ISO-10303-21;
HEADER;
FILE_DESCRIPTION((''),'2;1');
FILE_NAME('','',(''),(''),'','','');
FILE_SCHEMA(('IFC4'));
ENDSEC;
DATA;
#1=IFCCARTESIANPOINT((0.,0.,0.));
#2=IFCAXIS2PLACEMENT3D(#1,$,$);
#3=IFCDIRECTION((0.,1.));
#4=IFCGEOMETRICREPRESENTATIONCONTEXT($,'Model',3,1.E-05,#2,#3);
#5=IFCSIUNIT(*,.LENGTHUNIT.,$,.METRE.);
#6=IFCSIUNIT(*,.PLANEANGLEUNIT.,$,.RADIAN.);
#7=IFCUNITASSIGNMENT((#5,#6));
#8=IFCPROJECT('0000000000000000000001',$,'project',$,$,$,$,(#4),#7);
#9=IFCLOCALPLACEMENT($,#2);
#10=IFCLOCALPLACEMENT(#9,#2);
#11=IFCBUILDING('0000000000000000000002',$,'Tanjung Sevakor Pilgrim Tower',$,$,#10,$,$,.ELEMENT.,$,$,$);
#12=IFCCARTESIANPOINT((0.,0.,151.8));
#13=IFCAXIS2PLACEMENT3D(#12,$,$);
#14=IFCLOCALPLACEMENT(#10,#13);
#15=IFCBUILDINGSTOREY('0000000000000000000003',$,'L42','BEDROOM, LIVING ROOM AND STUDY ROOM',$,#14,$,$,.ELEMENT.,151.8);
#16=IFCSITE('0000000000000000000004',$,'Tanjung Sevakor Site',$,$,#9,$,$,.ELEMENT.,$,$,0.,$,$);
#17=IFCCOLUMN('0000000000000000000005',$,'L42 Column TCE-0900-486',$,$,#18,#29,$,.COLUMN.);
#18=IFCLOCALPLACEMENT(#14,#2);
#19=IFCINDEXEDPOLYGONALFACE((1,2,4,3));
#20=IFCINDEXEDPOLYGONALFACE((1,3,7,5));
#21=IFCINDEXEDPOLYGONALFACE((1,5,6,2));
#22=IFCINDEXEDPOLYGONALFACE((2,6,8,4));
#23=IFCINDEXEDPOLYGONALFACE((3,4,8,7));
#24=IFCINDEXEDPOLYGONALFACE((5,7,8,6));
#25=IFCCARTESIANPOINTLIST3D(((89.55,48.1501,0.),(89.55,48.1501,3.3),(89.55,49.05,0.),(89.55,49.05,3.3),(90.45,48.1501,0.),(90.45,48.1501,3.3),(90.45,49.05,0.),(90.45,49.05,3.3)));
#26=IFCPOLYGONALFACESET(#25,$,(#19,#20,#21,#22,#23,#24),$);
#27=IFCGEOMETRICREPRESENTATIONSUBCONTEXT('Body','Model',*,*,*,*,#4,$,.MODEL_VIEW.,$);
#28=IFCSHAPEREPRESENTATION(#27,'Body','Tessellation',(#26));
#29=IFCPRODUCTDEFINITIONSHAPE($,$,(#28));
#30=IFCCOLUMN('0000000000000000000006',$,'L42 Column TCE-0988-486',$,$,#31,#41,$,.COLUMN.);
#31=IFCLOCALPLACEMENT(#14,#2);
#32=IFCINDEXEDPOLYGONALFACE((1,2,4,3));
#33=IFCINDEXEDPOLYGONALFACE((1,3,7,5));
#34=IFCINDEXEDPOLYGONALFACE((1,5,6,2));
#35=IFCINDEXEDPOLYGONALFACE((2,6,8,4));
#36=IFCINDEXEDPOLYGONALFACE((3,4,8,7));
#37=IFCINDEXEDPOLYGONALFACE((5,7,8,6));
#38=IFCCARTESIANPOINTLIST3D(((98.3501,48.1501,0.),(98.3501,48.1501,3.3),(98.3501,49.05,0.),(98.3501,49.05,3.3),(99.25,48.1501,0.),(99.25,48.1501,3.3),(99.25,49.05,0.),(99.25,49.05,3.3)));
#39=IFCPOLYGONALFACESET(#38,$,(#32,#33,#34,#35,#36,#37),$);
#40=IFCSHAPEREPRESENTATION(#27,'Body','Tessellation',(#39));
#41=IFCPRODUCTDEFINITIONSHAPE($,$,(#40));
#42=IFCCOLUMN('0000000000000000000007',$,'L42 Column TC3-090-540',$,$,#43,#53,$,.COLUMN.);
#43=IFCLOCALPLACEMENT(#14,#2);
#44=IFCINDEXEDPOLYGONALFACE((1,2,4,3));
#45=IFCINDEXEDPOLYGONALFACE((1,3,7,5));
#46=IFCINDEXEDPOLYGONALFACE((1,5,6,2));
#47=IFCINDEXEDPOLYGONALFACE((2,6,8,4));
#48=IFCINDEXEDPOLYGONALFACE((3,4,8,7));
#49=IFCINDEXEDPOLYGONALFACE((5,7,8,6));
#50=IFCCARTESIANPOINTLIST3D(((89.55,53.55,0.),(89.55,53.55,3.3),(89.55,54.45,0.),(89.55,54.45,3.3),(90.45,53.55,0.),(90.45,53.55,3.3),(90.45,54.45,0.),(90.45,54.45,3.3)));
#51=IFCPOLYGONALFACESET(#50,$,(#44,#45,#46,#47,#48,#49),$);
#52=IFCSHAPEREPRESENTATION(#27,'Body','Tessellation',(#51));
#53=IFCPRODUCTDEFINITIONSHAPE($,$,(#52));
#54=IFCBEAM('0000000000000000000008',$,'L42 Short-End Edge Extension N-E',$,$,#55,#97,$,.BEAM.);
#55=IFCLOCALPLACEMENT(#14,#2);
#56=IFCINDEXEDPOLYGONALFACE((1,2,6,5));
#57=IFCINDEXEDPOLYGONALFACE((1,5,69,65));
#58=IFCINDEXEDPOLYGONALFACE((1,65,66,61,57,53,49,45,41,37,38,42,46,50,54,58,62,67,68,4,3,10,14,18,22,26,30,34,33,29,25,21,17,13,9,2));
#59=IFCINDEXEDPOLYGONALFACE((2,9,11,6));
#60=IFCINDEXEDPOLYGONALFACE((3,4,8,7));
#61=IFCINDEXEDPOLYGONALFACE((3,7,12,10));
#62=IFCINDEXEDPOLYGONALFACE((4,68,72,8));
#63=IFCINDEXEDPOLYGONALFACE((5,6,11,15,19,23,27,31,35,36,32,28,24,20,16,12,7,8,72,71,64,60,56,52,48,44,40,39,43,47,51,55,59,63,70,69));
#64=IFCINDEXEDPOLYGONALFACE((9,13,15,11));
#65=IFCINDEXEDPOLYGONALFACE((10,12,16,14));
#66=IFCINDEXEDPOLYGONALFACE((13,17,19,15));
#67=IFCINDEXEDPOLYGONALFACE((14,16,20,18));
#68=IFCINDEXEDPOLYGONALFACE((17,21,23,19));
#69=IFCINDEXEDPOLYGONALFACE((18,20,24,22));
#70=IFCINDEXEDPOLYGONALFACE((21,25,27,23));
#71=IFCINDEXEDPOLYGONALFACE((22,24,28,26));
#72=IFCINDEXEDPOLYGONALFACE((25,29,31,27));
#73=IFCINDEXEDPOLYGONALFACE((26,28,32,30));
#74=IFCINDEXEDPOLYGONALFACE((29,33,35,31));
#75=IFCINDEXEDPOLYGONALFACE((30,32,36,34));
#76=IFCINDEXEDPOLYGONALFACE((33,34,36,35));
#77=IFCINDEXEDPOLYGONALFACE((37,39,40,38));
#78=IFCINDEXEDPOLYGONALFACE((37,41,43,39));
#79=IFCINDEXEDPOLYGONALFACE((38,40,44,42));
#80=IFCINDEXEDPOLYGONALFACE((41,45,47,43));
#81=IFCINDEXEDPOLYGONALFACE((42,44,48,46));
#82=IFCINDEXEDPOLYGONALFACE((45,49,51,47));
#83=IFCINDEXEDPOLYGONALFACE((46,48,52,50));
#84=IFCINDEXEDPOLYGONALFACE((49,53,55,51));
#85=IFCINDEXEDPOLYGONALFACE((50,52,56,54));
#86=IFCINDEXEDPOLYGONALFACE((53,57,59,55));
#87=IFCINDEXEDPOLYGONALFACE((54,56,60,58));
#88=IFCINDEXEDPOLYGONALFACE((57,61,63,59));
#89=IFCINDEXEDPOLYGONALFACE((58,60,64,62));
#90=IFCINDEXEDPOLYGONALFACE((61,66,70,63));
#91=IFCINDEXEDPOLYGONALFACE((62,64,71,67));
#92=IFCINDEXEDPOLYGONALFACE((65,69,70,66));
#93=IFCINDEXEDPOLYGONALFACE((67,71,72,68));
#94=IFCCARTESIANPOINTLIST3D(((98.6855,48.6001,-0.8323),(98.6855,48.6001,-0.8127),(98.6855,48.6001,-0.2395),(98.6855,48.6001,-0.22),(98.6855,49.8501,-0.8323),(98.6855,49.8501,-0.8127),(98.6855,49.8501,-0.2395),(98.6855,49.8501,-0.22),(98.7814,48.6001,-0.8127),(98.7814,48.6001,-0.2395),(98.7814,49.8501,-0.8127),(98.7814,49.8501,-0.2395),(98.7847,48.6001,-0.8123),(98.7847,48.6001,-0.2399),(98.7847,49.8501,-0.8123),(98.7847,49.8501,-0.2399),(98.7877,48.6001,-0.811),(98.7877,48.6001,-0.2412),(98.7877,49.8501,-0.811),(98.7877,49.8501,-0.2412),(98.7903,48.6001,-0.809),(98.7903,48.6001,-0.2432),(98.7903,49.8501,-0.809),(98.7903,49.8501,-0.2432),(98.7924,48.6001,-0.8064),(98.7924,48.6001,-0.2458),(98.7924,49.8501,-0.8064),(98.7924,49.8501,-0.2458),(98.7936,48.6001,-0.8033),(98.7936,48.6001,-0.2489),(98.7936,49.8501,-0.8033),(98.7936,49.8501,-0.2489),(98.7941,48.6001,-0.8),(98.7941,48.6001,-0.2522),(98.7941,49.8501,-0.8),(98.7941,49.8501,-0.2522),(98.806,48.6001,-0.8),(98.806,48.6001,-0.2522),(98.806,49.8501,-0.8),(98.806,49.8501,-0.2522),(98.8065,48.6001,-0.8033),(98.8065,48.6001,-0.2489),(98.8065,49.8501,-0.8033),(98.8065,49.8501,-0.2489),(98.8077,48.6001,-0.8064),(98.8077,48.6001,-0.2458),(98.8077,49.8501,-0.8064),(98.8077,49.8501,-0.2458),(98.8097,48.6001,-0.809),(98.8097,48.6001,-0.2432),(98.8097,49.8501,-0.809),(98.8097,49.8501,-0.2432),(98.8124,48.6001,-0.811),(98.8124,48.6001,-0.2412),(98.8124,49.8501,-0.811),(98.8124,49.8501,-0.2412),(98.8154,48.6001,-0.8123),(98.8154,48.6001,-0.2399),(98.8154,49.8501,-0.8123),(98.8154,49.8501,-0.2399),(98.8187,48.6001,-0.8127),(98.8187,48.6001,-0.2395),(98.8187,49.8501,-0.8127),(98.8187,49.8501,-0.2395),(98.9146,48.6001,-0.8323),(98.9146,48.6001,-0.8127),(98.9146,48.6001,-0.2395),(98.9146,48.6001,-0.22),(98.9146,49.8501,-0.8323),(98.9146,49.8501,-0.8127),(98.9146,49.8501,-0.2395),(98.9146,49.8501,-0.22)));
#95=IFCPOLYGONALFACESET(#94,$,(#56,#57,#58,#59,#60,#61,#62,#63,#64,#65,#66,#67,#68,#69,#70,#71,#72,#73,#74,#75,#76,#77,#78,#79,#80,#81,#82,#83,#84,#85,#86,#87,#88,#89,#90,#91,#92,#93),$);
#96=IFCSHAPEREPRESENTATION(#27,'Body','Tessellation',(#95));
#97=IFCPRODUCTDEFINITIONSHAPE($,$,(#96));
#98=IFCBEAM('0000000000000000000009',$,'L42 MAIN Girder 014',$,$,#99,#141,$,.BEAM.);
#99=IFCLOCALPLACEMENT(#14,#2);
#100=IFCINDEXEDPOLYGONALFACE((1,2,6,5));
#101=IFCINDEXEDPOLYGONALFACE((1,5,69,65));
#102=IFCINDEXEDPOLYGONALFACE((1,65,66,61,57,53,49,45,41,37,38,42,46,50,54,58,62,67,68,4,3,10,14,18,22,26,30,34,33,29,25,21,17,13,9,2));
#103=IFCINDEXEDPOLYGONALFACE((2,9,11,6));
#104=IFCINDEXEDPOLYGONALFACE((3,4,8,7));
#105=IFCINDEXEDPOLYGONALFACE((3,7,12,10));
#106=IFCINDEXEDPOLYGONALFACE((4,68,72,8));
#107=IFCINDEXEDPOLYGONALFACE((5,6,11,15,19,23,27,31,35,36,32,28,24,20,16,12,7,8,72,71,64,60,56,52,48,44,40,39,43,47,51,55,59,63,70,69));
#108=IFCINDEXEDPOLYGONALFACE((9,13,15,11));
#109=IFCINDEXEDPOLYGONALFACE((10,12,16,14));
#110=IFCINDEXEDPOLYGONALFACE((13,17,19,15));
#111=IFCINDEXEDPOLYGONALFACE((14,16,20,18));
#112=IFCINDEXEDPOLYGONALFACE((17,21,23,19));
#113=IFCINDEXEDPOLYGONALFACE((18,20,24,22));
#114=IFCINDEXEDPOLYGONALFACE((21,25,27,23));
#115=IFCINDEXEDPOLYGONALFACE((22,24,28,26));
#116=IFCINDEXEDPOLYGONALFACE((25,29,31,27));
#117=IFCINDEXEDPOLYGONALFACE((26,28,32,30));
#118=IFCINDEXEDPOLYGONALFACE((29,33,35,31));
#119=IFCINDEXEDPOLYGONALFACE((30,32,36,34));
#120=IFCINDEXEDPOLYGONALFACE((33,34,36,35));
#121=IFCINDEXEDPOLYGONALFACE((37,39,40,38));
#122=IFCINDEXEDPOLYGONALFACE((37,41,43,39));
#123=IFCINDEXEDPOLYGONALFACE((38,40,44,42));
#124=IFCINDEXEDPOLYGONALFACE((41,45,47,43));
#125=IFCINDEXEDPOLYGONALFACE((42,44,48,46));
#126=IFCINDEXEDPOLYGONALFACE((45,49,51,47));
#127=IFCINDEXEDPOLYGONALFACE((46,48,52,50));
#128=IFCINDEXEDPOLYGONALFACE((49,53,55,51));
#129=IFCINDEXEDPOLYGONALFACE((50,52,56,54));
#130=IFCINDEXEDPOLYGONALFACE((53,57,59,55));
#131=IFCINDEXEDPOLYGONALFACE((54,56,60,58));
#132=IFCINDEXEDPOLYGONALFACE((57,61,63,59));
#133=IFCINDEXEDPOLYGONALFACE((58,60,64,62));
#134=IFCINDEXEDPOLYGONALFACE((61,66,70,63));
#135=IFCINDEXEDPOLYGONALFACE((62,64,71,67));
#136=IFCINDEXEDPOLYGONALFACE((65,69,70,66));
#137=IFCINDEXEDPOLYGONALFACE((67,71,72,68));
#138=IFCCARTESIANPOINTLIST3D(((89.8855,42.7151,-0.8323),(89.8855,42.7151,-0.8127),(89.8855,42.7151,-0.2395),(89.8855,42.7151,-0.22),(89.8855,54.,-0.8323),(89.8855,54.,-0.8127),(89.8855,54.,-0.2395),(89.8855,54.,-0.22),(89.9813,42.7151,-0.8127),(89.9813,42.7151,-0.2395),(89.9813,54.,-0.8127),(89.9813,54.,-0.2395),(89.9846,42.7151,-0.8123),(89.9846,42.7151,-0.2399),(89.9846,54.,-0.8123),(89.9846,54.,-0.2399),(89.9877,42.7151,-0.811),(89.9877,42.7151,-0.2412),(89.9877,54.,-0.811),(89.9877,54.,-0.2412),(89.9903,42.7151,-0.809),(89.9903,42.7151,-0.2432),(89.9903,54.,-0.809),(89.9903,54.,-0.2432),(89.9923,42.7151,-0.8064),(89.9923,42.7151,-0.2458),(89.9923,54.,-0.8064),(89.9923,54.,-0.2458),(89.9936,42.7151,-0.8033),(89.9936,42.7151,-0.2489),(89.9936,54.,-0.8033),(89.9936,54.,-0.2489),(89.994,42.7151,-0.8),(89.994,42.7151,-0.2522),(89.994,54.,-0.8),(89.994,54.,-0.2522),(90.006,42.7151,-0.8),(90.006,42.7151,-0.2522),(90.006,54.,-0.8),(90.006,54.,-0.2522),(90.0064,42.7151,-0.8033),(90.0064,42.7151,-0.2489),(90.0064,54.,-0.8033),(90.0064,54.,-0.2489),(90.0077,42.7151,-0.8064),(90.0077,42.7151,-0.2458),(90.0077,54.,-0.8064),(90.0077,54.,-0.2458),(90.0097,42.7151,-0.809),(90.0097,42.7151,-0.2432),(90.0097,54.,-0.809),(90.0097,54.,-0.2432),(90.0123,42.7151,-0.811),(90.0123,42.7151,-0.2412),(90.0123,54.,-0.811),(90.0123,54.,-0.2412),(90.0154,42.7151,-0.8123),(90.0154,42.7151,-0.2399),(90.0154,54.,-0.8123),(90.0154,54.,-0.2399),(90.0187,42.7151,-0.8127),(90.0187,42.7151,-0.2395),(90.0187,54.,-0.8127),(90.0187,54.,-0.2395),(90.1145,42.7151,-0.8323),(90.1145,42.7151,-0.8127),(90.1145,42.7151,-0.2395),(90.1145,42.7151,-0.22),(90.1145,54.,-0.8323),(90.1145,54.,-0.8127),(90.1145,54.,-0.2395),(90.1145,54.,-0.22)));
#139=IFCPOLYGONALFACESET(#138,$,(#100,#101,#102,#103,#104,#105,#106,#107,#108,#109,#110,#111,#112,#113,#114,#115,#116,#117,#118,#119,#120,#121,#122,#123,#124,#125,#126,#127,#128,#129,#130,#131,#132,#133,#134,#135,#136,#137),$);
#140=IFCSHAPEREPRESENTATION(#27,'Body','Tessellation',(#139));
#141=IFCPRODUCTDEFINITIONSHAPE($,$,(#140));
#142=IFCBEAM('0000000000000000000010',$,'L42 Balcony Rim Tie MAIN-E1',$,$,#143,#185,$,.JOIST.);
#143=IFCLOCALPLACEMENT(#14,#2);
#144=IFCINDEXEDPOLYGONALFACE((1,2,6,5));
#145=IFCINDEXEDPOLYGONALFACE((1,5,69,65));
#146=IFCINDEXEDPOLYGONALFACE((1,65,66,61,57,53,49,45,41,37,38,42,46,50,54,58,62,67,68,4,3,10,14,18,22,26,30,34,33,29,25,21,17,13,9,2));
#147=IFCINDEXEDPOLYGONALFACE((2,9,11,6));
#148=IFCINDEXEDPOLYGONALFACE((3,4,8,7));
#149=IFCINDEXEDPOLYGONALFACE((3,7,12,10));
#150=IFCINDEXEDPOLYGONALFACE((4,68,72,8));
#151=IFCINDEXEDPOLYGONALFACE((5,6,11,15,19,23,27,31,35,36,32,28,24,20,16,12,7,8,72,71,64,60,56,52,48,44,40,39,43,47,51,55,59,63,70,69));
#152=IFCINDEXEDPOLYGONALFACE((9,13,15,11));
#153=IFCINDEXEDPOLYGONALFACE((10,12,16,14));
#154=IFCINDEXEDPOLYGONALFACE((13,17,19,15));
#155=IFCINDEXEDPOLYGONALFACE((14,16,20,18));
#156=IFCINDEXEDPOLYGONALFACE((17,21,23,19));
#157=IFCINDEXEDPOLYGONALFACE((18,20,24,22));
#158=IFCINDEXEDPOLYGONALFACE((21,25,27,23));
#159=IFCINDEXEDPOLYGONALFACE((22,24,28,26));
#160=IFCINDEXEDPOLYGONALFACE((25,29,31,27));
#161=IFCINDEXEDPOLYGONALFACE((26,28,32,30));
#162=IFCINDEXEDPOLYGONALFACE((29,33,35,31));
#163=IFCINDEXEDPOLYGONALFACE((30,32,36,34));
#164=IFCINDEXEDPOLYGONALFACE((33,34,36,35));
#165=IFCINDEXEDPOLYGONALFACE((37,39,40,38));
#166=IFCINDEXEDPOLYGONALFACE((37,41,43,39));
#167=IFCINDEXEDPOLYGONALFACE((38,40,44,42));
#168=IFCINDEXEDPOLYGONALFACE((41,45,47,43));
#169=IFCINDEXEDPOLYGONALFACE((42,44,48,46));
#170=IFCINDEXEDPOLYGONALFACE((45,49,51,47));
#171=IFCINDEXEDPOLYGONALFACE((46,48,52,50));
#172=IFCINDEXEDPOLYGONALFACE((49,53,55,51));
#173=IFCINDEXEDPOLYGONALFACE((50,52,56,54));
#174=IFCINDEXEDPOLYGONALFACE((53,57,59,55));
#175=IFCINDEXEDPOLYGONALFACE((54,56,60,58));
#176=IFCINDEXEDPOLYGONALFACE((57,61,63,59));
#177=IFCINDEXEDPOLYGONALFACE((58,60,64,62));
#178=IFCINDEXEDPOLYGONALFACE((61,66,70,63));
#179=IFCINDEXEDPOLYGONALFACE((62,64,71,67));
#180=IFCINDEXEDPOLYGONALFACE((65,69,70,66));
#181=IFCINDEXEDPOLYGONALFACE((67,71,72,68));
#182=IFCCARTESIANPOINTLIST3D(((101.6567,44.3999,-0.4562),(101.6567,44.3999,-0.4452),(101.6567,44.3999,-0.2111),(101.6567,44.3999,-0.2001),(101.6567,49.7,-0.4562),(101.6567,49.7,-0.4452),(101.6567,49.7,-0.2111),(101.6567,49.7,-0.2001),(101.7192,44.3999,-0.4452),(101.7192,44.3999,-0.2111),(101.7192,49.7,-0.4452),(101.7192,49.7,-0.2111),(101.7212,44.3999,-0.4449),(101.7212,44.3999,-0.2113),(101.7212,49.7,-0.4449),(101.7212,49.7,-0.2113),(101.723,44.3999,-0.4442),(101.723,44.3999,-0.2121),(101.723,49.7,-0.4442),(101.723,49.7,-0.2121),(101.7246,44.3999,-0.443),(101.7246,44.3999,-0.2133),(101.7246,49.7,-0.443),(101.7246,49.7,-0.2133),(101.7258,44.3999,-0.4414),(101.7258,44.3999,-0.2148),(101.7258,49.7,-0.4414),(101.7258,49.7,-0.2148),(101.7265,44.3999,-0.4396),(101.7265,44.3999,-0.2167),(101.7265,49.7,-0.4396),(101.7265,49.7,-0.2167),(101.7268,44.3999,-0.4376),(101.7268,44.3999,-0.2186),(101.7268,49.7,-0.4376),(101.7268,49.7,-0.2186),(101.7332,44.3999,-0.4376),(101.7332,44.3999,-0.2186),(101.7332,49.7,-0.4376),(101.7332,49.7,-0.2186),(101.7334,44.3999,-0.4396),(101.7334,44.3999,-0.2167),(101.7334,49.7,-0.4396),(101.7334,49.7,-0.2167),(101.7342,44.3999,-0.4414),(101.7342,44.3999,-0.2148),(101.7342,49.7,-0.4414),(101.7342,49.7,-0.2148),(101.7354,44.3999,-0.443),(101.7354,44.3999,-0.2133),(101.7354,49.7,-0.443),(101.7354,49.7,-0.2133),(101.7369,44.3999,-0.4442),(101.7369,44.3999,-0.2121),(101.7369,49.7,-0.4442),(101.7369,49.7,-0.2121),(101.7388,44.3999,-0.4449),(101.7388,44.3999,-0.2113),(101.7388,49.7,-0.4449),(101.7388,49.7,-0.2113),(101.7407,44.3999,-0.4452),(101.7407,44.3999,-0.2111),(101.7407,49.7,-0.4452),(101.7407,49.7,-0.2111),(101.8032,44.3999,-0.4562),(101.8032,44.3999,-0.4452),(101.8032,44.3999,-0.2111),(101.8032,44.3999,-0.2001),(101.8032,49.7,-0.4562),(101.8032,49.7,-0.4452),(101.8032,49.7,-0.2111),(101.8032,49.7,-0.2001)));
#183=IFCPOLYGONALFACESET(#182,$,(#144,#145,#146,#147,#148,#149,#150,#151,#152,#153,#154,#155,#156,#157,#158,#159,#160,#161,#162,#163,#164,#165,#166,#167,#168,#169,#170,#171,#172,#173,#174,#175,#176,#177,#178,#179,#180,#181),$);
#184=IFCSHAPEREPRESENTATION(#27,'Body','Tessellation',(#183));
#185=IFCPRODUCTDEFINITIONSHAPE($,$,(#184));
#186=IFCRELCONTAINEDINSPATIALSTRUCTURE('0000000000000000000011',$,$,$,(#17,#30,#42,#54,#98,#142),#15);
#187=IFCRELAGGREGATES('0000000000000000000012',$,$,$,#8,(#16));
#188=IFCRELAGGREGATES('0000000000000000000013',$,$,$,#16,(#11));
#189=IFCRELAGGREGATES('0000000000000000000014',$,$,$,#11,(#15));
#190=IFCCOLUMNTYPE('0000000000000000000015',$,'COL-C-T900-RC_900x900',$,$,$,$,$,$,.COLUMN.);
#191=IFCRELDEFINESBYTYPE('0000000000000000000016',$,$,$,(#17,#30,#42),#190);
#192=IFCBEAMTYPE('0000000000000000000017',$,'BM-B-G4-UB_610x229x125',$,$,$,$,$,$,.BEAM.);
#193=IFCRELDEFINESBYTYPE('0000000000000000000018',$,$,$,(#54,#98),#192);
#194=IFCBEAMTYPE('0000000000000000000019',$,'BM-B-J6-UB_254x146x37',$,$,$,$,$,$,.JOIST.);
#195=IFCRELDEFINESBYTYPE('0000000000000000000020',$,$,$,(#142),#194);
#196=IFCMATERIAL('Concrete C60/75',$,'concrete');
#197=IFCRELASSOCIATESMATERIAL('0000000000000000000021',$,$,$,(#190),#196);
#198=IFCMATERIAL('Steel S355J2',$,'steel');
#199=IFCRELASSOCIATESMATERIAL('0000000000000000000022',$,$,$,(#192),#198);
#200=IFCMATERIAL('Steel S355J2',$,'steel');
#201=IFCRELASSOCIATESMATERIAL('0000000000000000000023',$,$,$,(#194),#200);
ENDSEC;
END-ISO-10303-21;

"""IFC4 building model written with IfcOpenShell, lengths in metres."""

from ifc_helpers import new_model, si_unit, direction, frame, origin, origin_2d, place, context, subcontext, project, spatial, rectangle, i_section, extrude, material, material_profile, profile_set, type_object, element, save


model = new_model("IFC4")

# Units and contexts
model_context = context("Model", 3, precision=1e-05, world=origin(), true_north=direction((0.0, 1.0)))
body_context = subcontext(model_context, "Body", "Model", "MODEL_VIEW")
ifc_project = project(units=[si_unit("LENGTHUNIT", "METRE"), si_unit("PLANEANGLEUNIT", "RADIAN")], contexts=[model_context])

# Site, building, storey
site_placement = place(None, origin())
site = spatial("IfcSite", under=ifc_project, at=site_placement, Name="Tanjung Sevakor Site", CompositionType="ELEMENT", RefElevation=0.0)
building_placement = place(site_placement, origin())
building = spatial("IfcBuilding", under=site, at=building_placement, Name="Tanjung Sevakor Pilgrim Tower", CompositionType="ELEMENT")
storey_placement = place(building_placement, frame((0.0, 0.0, 151.8)))
storey = spatial("IfcBuildingStorey", under=building, at=storey_placement, Name="L42", Description="BEDROOM, LIVING ROOM AND STUDY ROOM", CompositionType="ELEMENT", Elevation=151.8)

# Columns
ifc_material_1 = material(Name="Concrete C60/75", Category="concrete")
ifc_material_profile_1 = material_profile(ifc_material_1, rectangle(XDim=0.8999, YDim=0.8999, at=origin_2d()))
ifc_profile_set_1 = profile_set([ifc_material_profile_1], Name="Concrete C60/75")
column_type = type_object("IfcColumnType", Name="COL-C-T900-RC_900x900", PredefinedType="COLUMN", material=ifc_profile_set_1)
for number, where, z_axis, x_axis, name in (
    (1, (90.0, 48.6001, 0.0), (0.0, 0.0, 1.0), (1.0, 0.0, 0.0), "L42 Column TCE-0900-486"),
    (2, (98.8, 48.6001, 0.0), (0.0, 0.0, 1.0), (1.0, 0.0, 0.0), "L42 Column TCE-0988-486"),
    (3, (90.0, 54.0, 0.0), (0.0, 0.0, 1.0), (1.0, 0.0, 0.0), "L42 Column TC3-090-540"),
):
    element("IfcColumn", number, at=place(storey_placement, frame(where, z_axis=z_axis, x_axis=x_axis)), inside=storey, type_object=column_type, Name=name, PredefinedType="COLUMN", context=body_context, shape_type="SweptSolid", body=[
        extrude(rectangle(XDim=0.8999, YDim=0.8999, at=origin_2d()), origin(), (0.0, 0.0, 1.0), 3.3),
    ])

# Beams
ifc_material_2 = material(Name="Steel S355J2", Category="steel")
ifc_material_profile_2 = material_profile(ifc_material_2, i_section(OverallWidth=0.229, OverallDepth=0.6123, WebThickness=0.012, FlangeThickness=0.0195, FilletRadius=0.0127, at=origin_2d()))
ifc_profile_set_2 = profile_set([ifc_material_profile_2], Name="Steel S355J2")
beam_type_1 = type_object("IfcBeamType", Name="BM-B-G4-UB_610x229x125", PredefinedType="BEAM", material=ifc_profile_set_2)
beam_1_placement = place(storey_placement, frame((98.8, 48.6001, -0.5261), z_axis=(0.0, 1.0, 0.0), x_axis=(-1.0, 0.0, 0.0)))
element("IfcBeam", 4, at=beam_1_placement, inside=storey, type_object=beam_type_1, Name="L42 Short-End Edge Extension N-E", PredefinedType="BEAM", context=body_context, shape_type="SweptSolid", body=[
    extrude(i_section(OverallWidth=0.229, OverallDepth=0.6123, WebThickness=0.012, FlangeThickness=0.0195, FilletRadius=0.0127, at=origin_2d()), origin(), (0.0, 0.0, 1.0), 1.25),
])
beam_2_placement = place(storey_placement, frame((90.0, 42.7151, -0.5261), z_axis=(0.0, 1.0, 0.0), x_axis=(-1.0, 0.0, 0.0)))
element("IfcBeam", 5, at=beam_2_placement, inside=storey, type_object=beam_type_1, Name="L42 MAIN Girder 014", PredefinedType="BEAM", context=body_context, shape_type="SweptSolid", body=[
    extrude(i_section(OverallWidth=0.229, OverallDepth=0.6123, WebThickness=0.012, FlangeThickness=0.0195, FilletRadius=0.0127, at=origin_2d()), origin(), (0.0, 0.0, 1.0), 11.2849),
])
ifc_material_3 = material(Name="Steel S355J2", Category="steel")
ifc_material_profile_3 = material_profile(ifc_material_3, i_section(OverallWidth=0.1465, OverallDepth=0.2561, WebThickness=0.0063, FlangeThickness=0.011, FilletRadius=0.0076, at=origin_2d()))
ifc_profile_set_3 = profile_set([ifc_material_profile_3], Name="Steel S355J2")
beam_type_2 = type_object("IfcBeamType", Name="BM-B-J6-UB_254x146x37", PredefinedType="JOIST", material=ifc_profile_set_3)
beam_3_placement = place(storey_placement, frame((101.73, 44.3999, -0.3281), z_axis=(0.0, 1.0, 0.0), x_axis=(-1.0, 0.0, 0.0)))
element("IfcBeam", 6, at=beam_3_placement, inside=storey, type_object=beam_type_2, Name="L42 Balcony Rim Tie MAIN-E1", PredefinedType="JOIST", context=body_context, shape_type="SweptSolid", body=[
    extrude(i_section(OverallWidth=0.1465, OverallDepth=0.2561, WebThickness=0.0063, FlangeThickness=0.011, FilletRadius=0.0076, at=origin_2d()), origin(), (0.0, 0.0, 1.0), 5.3),
])

save(model, "model.ifc")
